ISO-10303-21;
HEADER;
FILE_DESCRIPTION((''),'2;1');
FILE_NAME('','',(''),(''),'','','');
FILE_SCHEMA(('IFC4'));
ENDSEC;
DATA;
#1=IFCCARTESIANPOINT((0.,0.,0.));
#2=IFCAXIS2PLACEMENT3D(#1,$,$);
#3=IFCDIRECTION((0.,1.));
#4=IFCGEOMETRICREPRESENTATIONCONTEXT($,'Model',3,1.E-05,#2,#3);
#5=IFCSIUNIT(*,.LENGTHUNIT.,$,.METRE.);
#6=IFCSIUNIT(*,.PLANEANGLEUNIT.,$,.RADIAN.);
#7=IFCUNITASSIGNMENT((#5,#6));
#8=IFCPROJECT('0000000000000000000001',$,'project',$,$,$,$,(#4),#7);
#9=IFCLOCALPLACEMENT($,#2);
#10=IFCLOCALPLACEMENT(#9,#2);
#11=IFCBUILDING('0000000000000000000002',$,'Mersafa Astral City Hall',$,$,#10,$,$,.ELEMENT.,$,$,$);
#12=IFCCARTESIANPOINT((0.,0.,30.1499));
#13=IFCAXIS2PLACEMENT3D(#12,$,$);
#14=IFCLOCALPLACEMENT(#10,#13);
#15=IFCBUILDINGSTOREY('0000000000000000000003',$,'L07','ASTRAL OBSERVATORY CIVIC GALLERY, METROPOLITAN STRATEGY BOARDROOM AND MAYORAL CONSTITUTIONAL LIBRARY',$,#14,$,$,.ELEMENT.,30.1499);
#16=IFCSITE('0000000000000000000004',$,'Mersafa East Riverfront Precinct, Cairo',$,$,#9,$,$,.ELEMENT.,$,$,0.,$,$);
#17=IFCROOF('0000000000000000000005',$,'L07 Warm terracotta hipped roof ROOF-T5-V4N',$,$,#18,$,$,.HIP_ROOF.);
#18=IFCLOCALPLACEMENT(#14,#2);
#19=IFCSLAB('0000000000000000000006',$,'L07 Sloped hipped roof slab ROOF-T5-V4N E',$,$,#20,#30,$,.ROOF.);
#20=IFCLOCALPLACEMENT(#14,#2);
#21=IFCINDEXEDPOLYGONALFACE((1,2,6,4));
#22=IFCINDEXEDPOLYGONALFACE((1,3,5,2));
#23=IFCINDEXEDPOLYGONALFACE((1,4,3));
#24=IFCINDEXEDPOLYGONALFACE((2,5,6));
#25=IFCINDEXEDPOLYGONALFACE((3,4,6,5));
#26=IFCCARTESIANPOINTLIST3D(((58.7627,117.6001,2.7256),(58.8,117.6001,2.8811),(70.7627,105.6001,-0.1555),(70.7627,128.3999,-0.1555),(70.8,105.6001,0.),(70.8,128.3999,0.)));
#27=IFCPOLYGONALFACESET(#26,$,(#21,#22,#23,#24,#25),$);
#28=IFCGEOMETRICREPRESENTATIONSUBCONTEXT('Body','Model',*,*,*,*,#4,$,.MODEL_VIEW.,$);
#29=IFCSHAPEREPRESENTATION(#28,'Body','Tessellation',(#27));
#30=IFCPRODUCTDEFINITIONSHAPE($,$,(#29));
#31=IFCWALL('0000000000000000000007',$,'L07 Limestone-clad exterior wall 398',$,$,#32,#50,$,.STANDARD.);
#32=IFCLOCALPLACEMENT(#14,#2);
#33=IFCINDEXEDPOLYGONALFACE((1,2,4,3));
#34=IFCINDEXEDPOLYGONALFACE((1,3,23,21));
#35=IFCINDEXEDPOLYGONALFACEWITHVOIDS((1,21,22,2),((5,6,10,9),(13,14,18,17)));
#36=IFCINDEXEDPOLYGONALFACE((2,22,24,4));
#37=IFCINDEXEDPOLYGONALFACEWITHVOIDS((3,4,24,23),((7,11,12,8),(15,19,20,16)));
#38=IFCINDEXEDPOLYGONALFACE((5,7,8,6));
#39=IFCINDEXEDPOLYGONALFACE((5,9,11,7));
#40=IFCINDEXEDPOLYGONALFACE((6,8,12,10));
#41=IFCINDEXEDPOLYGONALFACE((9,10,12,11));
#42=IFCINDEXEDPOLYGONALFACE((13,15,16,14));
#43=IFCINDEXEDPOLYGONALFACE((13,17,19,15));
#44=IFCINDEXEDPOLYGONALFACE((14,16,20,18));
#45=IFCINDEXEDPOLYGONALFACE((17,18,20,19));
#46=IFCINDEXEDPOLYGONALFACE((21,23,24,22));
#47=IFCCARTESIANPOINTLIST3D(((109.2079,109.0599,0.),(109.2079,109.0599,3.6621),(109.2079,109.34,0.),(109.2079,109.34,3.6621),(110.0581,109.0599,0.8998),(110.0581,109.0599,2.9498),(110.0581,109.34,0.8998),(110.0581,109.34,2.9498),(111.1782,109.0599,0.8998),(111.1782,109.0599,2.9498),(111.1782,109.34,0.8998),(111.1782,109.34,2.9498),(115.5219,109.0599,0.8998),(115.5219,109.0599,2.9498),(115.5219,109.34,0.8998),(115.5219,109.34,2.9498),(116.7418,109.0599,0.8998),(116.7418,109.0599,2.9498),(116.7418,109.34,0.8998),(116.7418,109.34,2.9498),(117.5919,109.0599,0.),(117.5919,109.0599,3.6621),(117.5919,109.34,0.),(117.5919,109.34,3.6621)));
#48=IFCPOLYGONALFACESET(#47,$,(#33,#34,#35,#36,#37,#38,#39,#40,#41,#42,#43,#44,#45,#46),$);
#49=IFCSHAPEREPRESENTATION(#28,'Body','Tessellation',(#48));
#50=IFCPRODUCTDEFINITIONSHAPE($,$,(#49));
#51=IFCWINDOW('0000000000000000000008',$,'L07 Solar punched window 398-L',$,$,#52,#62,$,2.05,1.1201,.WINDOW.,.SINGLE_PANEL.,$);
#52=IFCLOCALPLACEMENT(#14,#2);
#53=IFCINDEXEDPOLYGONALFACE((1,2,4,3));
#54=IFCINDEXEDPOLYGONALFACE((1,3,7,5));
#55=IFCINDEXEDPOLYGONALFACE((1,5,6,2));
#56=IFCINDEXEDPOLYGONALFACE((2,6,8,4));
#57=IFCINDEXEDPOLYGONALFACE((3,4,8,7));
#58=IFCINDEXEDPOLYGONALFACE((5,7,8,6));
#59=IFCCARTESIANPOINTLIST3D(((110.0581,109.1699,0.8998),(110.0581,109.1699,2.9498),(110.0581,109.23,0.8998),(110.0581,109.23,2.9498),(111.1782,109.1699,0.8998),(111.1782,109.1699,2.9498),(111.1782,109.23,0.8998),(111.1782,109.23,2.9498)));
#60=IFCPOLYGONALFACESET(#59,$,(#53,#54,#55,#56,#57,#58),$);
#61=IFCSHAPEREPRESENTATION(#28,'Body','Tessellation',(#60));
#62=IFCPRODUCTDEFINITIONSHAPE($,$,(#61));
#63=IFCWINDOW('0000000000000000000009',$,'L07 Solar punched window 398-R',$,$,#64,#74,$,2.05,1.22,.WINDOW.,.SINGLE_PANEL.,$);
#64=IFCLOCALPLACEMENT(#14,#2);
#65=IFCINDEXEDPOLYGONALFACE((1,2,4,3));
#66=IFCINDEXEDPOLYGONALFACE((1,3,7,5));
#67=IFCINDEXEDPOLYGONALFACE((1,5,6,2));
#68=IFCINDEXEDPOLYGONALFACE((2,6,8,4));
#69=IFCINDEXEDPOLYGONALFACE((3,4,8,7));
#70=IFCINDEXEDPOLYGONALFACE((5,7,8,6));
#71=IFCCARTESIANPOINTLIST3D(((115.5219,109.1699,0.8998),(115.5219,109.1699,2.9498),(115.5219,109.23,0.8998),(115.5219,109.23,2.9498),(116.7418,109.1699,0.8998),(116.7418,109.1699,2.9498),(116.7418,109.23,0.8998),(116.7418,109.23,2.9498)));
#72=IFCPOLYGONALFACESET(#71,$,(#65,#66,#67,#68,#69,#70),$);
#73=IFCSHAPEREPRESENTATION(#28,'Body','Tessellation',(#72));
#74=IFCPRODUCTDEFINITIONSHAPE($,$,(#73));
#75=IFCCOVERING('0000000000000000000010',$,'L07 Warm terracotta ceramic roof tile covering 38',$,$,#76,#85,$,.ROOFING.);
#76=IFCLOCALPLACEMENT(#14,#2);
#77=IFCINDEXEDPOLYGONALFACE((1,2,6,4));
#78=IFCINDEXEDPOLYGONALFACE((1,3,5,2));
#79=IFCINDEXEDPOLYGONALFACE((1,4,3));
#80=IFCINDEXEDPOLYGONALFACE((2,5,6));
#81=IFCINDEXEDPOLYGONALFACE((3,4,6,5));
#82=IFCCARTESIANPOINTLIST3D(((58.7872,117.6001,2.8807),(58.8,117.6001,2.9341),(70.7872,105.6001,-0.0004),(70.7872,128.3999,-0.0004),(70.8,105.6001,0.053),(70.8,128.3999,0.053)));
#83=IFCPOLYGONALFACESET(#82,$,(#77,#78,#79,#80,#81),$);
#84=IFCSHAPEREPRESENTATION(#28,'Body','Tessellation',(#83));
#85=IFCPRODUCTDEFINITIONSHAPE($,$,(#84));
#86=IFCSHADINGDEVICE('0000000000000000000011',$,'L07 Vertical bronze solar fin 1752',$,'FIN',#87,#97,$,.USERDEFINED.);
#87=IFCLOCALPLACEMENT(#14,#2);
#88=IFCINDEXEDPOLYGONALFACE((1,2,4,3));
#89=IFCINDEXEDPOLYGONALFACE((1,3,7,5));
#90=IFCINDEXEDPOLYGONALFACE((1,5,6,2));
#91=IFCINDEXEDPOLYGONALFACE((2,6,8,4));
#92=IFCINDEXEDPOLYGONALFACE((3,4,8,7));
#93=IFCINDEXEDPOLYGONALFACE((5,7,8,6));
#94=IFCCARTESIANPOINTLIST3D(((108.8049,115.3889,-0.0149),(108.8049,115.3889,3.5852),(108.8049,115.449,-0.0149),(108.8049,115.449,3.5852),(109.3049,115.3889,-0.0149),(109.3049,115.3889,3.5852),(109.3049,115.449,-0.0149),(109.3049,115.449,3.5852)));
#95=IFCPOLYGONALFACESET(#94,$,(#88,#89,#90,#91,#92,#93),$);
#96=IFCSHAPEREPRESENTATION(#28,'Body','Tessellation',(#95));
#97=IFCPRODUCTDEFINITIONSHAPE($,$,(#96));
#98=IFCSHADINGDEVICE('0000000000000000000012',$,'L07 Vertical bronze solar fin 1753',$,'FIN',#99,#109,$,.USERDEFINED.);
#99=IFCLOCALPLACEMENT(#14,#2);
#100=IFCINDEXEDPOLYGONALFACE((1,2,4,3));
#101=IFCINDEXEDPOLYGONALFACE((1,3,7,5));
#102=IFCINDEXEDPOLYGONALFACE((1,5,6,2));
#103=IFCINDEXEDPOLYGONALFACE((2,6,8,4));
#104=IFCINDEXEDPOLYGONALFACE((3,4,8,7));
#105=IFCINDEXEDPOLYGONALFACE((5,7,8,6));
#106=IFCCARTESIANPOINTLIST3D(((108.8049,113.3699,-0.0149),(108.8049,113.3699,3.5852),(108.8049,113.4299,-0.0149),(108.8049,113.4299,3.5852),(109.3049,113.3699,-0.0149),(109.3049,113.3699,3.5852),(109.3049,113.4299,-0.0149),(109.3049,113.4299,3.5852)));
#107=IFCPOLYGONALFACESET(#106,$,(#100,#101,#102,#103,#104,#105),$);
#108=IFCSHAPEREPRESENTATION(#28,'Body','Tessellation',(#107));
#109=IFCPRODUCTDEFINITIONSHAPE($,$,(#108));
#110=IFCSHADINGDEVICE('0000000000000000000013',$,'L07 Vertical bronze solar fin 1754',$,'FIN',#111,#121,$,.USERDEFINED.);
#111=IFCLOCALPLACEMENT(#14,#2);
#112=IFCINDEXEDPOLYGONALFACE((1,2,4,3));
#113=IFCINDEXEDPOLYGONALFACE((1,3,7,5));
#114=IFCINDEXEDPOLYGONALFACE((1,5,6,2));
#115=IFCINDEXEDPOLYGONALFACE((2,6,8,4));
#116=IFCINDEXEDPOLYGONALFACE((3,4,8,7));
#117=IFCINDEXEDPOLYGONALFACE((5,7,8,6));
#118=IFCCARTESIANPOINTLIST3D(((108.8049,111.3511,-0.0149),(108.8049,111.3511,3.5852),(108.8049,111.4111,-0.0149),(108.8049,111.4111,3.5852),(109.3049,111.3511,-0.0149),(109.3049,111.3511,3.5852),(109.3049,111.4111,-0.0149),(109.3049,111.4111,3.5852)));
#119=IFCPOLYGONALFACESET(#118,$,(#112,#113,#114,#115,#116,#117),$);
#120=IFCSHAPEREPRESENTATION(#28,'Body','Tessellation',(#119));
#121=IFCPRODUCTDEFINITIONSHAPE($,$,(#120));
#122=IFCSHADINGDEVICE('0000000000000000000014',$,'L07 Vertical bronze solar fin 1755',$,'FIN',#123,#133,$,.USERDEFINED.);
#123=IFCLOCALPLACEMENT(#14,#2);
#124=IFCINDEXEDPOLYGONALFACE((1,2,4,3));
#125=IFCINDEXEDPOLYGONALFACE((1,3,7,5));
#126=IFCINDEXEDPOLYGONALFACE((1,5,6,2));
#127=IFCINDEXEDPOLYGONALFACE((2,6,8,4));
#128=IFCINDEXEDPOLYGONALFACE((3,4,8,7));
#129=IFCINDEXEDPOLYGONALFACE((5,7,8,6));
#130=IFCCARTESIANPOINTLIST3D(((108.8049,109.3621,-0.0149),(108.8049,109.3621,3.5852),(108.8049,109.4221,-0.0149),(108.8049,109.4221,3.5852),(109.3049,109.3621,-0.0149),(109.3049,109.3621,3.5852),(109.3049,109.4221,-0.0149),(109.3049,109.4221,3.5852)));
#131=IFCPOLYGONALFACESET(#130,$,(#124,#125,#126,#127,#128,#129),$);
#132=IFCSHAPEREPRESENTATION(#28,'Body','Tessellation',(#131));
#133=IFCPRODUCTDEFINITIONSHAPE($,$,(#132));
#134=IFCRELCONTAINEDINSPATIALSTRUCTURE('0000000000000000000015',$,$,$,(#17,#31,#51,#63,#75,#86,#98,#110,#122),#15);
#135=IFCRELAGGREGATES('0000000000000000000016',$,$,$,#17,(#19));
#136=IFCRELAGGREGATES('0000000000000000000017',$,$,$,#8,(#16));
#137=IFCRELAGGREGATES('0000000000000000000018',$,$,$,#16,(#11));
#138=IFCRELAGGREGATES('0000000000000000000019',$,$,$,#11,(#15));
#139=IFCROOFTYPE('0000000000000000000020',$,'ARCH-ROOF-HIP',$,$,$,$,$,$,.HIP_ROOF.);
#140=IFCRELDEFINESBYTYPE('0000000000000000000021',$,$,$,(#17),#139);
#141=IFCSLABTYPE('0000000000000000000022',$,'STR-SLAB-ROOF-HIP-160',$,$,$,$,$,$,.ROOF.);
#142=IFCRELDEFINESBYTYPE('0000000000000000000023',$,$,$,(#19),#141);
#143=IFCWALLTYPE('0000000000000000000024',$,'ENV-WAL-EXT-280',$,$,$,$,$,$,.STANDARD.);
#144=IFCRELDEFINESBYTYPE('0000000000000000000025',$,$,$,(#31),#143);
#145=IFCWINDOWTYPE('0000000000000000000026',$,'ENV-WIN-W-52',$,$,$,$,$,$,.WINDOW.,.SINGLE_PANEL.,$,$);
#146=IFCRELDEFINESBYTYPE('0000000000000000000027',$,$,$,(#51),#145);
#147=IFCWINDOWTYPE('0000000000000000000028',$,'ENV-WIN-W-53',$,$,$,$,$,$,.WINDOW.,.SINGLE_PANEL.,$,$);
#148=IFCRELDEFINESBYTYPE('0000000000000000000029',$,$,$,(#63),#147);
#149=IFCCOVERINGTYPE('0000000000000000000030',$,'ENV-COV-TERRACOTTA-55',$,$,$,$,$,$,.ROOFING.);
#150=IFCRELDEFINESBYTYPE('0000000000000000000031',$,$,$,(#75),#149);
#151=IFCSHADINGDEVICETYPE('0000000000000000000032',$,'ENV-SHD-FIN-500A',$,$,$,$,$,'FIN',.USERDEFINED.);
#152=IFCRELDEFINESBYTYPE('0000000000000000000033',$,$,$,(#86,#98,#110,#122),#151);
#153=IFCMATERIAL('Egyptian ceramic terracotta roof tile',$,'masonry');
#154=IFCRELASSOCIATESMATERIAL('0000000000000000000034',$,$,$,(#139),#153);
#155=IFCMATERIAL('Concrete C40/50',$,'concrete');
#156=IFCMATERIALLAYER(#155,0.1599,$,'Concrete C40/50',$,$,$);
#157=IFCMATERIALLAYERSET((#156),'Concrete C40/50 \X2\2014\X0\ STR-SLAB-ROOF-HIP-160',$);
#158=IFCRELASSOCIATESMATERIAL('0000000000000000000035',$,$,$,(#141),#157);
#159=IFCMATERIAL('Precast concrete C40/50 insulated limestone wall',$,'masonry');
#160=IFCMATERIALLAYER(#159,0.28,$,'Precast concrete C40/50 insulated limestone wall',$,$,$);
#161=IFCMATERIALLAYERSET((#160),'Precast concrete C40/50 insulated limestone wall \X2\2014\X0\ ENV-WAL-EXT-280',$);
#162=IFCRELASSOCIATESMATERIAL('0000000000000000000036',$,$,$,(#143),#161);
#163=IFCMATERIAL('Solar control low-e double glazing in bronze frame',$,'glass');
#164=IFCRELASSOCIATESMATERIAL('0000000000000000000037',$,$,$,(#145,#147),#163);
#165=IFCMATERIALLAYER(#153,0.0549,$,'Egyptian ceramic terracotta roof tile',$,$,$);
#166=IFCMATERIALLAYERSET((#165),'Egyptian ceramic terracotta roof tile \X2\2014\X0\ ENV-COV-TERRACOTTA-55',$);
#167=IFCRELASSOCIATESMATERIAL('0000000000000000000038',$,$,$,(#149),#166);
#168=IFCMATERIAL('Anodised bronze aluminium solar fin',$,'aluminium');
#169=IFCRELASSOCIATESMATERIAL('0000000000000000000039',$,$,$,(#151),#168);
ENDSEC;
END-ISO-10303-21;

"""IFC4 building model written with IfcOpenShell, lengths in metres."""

from ifc_helpers import new_model, si_unit, direction, frame, frame_2d, origin, origin_2d, place, context, subcontext, project, spatial, polyline, rectangle, outline, extrude, material, layer, layer_set, type_object, element, fill, aggregate, save


model = new_model("IFC4")

# Units and contexts
model_context = context("Model", 3, precision=1e-05, world=origin(), true_north=direction((0.0, 1.0)))
body_context = subcontext(model_context, "Body", "Model", "MODEL_VIEW")
ifc_project = project(units=[si_unit("LENGTHUNIT", "METRE"), si_unit("PLANEANGLEUNIT", "RADIAN")], contexts=[model_context])

# Site, building, storey
site_placement = place(None, origin())
site = spatial("IfcSite", under=ifc_project, at=site_placement, Name="Mersafa East Riverfront Precinct, Cairo", CompositionType="ELEMENT", RefElevation=0.0)
building_placement = place(site_placement, origin())
building = spatial("IfcBuilding", under=site, at=building_placement, Name="Mersafa Astral City Hall", CompositionType="ELEMENT")
storey_placement = place(building_placement, frame((0.0, 0.0, 30.1499)))
storey = spatial("IfcBuildingStorey", under=building, at=storey_placement, Name="L07", Description="ASTRAL OBSERVATORY CIVIC GALLERY, METROPOLITAN STRATEGY BOARDROOM AND MAYORAL CONSTITUTIONAL LIBRARY", CompositionType="ELEMENT", Elevation=30.1499)

# Roof, slab
ifc_material_1 = material(Name="Egyptian ceramic terracotta roof tile", Category="masonry")
roof_type = type_object("IfcRoofType", Name="ARCH-ROOF-HIP", PredefinedType="HIP_ROOF", material=ifc_material_1)
roof_placement = place(storey_placement, origin())
roof = element("IfcRoof", 1, at=roof_placement, inside=storey, type_object=roof_type, Name="L07 Warm terracotta hipped roof ROOF-T5-V4N", PredefinedType="HIP_ROOF")
ifc_material_2 = material(Name="Concrete C40/50", Category="concrete")
ifc_layer_1 = layer(ifc_material_2, 0.1599, Name="Concrete C40/50")
ifc_layer_set_1 = layer_set([ifc_layer_1], Name="Concrete C40/50 — STR-SLAB-ROOF-HIP-160")
slab_type = type_object("IfcSlabType", Name="STR-SLAB-ROOF-HIP-160", PredefinedType="ROOF", material=ifc_layer_set_1)
slab_placement = place(storey_placement, frame((70.8, 105.6001, 0.0), z_axis=(0.233458, 0.0, 0.972367), x_axis=(0.0, 1.0, 0.0)))
slab = element("IfcSlab", 2, at=slab_placement, type_object=slab_type, Name="L07 Sloped hipped roof slab ROOF-T5-V4N E", PredefinedType="ROOF", context=body_context, shape_type="SweptSolid", body=[
    extrude(outline(polyline([(0.0, 0.0), (22.7998, 0.0), (12.0, 12.341), (0.0, 0.0)])), origin(), (0.0, 0.0, -1.0), 0.1599),
])
aggregate(roof, [slab])

# Wall, openings, windows
ifc_material_3 = material(Name="Precast concrete C40/50 insulated limestone wall", Category="masonry")
ifc_layer_2 = layer(ifc_material_3, 0.28, Name="Precast concrete C40/50 insulated limestone wall")
ifc_layer_set_2 = layer_set([ifc_layer_2], Name="Precast concrete C40/50 insulated limestone wall — ENV-WAL-EXT-280")
wall_type = type_object("IfcWallType", Name="ENV-WAL-EXT-280", PredefinedType="STANDARD", material=ifc_layer_set_2)
wall_placement = place(storey_placement, frame((109.208, 109.2, 0.0), z_axis=(0.0, 0.0, 1.0), x_axis=(1.0, 0.0, 0.0)))
wall = element("IfcWall", 3, at=wall_placement, inside=storey, type_object=wall_type, Name="L07 Limestone-clad exterior wall 398", PredefinedType="STANDARD", context=body_context, shape_type="SweptSolid", body=[
    extrude(rectangle(XDim=8.384, YDim=0.28, at=frame_2d((4.1919, 0.0))), origin(), (0.0, 0.0, 1.0), 3.6621),
])
opening_1_placement = place(wall_placement, frame((0.8501, 0.0, 0.8999)))
opening_1 = element("IfcOpeningElement", 4, at=opening_1_placement, cuts=wall, PredefinedType="OPENING", context=body_context, shape_type="SweptSolid", body=[
    extrude(rectangle(XDim=1.1201, YDim=2.05, at=frame_2d((0.5601, 1.0249))), frame((0.0, 0.1499, 0.0), z_axis=(0.0, -1.0, 0.0), x_axis=(1.0, 0.0, 0.0)), (0.0, 0.0, 1.0), 0.3),
])
opening_2_placement = place(wall_placement, frame((6.314, 0.0, 0.8999)))
opening_2 = element("IfcOpeningElement", 5, at=opening_2_placement, cuts=wall, PredefinedType="OPENING", context=body_context, shape_type="SweptSolid", body=[
    extrude(rectangle(XDim=1.22, YDim=2.05, at=frame_2d((0.6099, 1.0249))), frame((0.0, 0.1499, 0.0), z_axis=(0.0, -1.0, 0.0), x_axis=(1.0, 0.0, 0.0)), (0.0, 0.0, 1.0), 0.3),
])
ifc_material_4 = material(Name="Solar control low-e double glazing in bronze frame", Category="glass")
window_type_1 = type_object("IfcWindowType", Name="ENV-WIN-W-52", PartitioningType="SINGLE_PANEL", PredefinedType="WINDOW", material=ifc_material_4)
window_1_placement = place(opening_1_placement, origin())
window_1 = element("IfcWindow", 6, at=window_1_placement, inside=storey, type_object=window_type_1, Name="L07 Solar punched window 398-L", OverallHeight=2.05, OverallWidth=1.1201, PartitioningType="SINGLE_PANEL", PredefinedType="WINDOW", context=body_context, shape_type="SweptSolid", body=[
    extrude(rectangle(XDim=1.1201, YDim=2.05, at=frame_2d((0.5601, 1.0249))), frame((0.0, 0.03, 0.0), z_axis=(0.0, -1.0, 0.0), x_axis=(1.0, 0.0, 0.0)), (0.0, 0.0, 1.0), 0.0601),
])
fill(opening_1, window_1)
window_type_2 = type_object("IfcWindowType", Name="ENV-WIN-W-53", PartitioningType="SINGLE_PANEL", PredefinedType="WINDOW", material=ifc_material_4)
window_2_placement = place(opening_2_placement, origin())
window_2 = element("IfcWindow", 7, at=window_2_placement, inside=storey, type_object=window_type_2, Name="L07 Solar punched window 398-R", OverallHeight=2.05, OverallWidth=1.22, PartitioningType="SINGLE_PANEL", PredefinedType="WINDOW", context=body_context, shape_type="SweptSolid", body=[
    extrude(rectangle(XDim=1.22, YDim=2.05, at=frame_2d((0.6099, 1.0249))), frame((0.0, 0.03, 0.0), z_axis=(0.0, -1.0, 0.0), x_axis=(1.0, 0.0, 0.0)), (0.0, 0.0, 1.0), 0.0601),
])
fill(opening_2, window_2)

# Covering
ifc_layer_3 = layer(ifc_material_1, 0.0549, Name="Egyptian ceramic terracotta roof tile")
ifc_layer_set_3 = layer_set([ifc_layer_3], Name="Egyptian ceramic terracotta roof tile — ENV-COV-TERRACOTTA-55")
covering_type = type_object("IfcCoveringType", Name="ENV-COV-TERRACOTTA-55", PredefinedType="ROOFING", material=ifc_layer_set_3)
covering_placement = place(storey_placement, frame((70.8, 105.6001, 0.053), z_axis=(0.233458, 0.0, 0.972367), x_axis=(0.0, 1.0, 0.0)))
element("IfcCovering", 8, at=covering_placement, inside=storey, type_object=covering_type, Name="L07 Warm terracotta ceramic roof tile covering 38", PredefinedType="ROOFING", context=body_context, shape_type="SweptSolid", body=[
    extrude(outline(polyline([(0.0, 0.0), (22.7998, 0.0), (12.0, 12.341), (0.0, 0.0)])), origin(), (0.0, 0.0, -1.0), 0.0549),
])

# Shading devices
ifc_material_5 = material(Name="Anodised bronze aluminium solar fin", Category="aluminium")
shading_device_type = type_object("IfcShadingDeviceType", Name="ENV-SHD-FIN-500A", ElementType="FIN", PredefinedType="USERDEFINED", material=ifc_material_5)
for number, where, z_axis, x_axis, name in (
    (9, (109.0549, 115.4189, -0.0149), (0.0, 0.0, 1.0), (0.0, -1.0, 0.0), "L07 Vertical bronze solar fin 1752"),
    (10, (109.0549, 113.3999, -0.0149), (0.0, 0.0, 1.0), (0.0, -1.0, 0.0), "L07 Vertical bronze solar fin 1753"),
    (11, (109.0549, 111.3811, -0.0149), (0.0, 0.0, 1.0), (0.0, -1.0, 0.0), "L07 Vertical bronze solar fin 1754"),
    (12, (109.0549, 109.3921, -0.0149), (0.0, 0.0, 1.0), (0.0, -1.0, 0.0), "L07 Vertical bronze solar fin 1755"),
):
    element("IfcShadingDevice", number, at=place(storey_placement, frame(where, z_axis=z_axis, x_axis=x_axis)), inside=storey, type_object=shading_device_type, Name=name, ObjectType="FIN", PredefinedType="USERDEFINED", context=body_context, shape_type="SweptSolid", body=[
        extrude(rectangle(XDim=0.0601, YDim=0.5, at=origin_2d()), origin(), (0.0, 0.0, 1.0), 3.6001),
    ])

save(model, "model.ifc")
